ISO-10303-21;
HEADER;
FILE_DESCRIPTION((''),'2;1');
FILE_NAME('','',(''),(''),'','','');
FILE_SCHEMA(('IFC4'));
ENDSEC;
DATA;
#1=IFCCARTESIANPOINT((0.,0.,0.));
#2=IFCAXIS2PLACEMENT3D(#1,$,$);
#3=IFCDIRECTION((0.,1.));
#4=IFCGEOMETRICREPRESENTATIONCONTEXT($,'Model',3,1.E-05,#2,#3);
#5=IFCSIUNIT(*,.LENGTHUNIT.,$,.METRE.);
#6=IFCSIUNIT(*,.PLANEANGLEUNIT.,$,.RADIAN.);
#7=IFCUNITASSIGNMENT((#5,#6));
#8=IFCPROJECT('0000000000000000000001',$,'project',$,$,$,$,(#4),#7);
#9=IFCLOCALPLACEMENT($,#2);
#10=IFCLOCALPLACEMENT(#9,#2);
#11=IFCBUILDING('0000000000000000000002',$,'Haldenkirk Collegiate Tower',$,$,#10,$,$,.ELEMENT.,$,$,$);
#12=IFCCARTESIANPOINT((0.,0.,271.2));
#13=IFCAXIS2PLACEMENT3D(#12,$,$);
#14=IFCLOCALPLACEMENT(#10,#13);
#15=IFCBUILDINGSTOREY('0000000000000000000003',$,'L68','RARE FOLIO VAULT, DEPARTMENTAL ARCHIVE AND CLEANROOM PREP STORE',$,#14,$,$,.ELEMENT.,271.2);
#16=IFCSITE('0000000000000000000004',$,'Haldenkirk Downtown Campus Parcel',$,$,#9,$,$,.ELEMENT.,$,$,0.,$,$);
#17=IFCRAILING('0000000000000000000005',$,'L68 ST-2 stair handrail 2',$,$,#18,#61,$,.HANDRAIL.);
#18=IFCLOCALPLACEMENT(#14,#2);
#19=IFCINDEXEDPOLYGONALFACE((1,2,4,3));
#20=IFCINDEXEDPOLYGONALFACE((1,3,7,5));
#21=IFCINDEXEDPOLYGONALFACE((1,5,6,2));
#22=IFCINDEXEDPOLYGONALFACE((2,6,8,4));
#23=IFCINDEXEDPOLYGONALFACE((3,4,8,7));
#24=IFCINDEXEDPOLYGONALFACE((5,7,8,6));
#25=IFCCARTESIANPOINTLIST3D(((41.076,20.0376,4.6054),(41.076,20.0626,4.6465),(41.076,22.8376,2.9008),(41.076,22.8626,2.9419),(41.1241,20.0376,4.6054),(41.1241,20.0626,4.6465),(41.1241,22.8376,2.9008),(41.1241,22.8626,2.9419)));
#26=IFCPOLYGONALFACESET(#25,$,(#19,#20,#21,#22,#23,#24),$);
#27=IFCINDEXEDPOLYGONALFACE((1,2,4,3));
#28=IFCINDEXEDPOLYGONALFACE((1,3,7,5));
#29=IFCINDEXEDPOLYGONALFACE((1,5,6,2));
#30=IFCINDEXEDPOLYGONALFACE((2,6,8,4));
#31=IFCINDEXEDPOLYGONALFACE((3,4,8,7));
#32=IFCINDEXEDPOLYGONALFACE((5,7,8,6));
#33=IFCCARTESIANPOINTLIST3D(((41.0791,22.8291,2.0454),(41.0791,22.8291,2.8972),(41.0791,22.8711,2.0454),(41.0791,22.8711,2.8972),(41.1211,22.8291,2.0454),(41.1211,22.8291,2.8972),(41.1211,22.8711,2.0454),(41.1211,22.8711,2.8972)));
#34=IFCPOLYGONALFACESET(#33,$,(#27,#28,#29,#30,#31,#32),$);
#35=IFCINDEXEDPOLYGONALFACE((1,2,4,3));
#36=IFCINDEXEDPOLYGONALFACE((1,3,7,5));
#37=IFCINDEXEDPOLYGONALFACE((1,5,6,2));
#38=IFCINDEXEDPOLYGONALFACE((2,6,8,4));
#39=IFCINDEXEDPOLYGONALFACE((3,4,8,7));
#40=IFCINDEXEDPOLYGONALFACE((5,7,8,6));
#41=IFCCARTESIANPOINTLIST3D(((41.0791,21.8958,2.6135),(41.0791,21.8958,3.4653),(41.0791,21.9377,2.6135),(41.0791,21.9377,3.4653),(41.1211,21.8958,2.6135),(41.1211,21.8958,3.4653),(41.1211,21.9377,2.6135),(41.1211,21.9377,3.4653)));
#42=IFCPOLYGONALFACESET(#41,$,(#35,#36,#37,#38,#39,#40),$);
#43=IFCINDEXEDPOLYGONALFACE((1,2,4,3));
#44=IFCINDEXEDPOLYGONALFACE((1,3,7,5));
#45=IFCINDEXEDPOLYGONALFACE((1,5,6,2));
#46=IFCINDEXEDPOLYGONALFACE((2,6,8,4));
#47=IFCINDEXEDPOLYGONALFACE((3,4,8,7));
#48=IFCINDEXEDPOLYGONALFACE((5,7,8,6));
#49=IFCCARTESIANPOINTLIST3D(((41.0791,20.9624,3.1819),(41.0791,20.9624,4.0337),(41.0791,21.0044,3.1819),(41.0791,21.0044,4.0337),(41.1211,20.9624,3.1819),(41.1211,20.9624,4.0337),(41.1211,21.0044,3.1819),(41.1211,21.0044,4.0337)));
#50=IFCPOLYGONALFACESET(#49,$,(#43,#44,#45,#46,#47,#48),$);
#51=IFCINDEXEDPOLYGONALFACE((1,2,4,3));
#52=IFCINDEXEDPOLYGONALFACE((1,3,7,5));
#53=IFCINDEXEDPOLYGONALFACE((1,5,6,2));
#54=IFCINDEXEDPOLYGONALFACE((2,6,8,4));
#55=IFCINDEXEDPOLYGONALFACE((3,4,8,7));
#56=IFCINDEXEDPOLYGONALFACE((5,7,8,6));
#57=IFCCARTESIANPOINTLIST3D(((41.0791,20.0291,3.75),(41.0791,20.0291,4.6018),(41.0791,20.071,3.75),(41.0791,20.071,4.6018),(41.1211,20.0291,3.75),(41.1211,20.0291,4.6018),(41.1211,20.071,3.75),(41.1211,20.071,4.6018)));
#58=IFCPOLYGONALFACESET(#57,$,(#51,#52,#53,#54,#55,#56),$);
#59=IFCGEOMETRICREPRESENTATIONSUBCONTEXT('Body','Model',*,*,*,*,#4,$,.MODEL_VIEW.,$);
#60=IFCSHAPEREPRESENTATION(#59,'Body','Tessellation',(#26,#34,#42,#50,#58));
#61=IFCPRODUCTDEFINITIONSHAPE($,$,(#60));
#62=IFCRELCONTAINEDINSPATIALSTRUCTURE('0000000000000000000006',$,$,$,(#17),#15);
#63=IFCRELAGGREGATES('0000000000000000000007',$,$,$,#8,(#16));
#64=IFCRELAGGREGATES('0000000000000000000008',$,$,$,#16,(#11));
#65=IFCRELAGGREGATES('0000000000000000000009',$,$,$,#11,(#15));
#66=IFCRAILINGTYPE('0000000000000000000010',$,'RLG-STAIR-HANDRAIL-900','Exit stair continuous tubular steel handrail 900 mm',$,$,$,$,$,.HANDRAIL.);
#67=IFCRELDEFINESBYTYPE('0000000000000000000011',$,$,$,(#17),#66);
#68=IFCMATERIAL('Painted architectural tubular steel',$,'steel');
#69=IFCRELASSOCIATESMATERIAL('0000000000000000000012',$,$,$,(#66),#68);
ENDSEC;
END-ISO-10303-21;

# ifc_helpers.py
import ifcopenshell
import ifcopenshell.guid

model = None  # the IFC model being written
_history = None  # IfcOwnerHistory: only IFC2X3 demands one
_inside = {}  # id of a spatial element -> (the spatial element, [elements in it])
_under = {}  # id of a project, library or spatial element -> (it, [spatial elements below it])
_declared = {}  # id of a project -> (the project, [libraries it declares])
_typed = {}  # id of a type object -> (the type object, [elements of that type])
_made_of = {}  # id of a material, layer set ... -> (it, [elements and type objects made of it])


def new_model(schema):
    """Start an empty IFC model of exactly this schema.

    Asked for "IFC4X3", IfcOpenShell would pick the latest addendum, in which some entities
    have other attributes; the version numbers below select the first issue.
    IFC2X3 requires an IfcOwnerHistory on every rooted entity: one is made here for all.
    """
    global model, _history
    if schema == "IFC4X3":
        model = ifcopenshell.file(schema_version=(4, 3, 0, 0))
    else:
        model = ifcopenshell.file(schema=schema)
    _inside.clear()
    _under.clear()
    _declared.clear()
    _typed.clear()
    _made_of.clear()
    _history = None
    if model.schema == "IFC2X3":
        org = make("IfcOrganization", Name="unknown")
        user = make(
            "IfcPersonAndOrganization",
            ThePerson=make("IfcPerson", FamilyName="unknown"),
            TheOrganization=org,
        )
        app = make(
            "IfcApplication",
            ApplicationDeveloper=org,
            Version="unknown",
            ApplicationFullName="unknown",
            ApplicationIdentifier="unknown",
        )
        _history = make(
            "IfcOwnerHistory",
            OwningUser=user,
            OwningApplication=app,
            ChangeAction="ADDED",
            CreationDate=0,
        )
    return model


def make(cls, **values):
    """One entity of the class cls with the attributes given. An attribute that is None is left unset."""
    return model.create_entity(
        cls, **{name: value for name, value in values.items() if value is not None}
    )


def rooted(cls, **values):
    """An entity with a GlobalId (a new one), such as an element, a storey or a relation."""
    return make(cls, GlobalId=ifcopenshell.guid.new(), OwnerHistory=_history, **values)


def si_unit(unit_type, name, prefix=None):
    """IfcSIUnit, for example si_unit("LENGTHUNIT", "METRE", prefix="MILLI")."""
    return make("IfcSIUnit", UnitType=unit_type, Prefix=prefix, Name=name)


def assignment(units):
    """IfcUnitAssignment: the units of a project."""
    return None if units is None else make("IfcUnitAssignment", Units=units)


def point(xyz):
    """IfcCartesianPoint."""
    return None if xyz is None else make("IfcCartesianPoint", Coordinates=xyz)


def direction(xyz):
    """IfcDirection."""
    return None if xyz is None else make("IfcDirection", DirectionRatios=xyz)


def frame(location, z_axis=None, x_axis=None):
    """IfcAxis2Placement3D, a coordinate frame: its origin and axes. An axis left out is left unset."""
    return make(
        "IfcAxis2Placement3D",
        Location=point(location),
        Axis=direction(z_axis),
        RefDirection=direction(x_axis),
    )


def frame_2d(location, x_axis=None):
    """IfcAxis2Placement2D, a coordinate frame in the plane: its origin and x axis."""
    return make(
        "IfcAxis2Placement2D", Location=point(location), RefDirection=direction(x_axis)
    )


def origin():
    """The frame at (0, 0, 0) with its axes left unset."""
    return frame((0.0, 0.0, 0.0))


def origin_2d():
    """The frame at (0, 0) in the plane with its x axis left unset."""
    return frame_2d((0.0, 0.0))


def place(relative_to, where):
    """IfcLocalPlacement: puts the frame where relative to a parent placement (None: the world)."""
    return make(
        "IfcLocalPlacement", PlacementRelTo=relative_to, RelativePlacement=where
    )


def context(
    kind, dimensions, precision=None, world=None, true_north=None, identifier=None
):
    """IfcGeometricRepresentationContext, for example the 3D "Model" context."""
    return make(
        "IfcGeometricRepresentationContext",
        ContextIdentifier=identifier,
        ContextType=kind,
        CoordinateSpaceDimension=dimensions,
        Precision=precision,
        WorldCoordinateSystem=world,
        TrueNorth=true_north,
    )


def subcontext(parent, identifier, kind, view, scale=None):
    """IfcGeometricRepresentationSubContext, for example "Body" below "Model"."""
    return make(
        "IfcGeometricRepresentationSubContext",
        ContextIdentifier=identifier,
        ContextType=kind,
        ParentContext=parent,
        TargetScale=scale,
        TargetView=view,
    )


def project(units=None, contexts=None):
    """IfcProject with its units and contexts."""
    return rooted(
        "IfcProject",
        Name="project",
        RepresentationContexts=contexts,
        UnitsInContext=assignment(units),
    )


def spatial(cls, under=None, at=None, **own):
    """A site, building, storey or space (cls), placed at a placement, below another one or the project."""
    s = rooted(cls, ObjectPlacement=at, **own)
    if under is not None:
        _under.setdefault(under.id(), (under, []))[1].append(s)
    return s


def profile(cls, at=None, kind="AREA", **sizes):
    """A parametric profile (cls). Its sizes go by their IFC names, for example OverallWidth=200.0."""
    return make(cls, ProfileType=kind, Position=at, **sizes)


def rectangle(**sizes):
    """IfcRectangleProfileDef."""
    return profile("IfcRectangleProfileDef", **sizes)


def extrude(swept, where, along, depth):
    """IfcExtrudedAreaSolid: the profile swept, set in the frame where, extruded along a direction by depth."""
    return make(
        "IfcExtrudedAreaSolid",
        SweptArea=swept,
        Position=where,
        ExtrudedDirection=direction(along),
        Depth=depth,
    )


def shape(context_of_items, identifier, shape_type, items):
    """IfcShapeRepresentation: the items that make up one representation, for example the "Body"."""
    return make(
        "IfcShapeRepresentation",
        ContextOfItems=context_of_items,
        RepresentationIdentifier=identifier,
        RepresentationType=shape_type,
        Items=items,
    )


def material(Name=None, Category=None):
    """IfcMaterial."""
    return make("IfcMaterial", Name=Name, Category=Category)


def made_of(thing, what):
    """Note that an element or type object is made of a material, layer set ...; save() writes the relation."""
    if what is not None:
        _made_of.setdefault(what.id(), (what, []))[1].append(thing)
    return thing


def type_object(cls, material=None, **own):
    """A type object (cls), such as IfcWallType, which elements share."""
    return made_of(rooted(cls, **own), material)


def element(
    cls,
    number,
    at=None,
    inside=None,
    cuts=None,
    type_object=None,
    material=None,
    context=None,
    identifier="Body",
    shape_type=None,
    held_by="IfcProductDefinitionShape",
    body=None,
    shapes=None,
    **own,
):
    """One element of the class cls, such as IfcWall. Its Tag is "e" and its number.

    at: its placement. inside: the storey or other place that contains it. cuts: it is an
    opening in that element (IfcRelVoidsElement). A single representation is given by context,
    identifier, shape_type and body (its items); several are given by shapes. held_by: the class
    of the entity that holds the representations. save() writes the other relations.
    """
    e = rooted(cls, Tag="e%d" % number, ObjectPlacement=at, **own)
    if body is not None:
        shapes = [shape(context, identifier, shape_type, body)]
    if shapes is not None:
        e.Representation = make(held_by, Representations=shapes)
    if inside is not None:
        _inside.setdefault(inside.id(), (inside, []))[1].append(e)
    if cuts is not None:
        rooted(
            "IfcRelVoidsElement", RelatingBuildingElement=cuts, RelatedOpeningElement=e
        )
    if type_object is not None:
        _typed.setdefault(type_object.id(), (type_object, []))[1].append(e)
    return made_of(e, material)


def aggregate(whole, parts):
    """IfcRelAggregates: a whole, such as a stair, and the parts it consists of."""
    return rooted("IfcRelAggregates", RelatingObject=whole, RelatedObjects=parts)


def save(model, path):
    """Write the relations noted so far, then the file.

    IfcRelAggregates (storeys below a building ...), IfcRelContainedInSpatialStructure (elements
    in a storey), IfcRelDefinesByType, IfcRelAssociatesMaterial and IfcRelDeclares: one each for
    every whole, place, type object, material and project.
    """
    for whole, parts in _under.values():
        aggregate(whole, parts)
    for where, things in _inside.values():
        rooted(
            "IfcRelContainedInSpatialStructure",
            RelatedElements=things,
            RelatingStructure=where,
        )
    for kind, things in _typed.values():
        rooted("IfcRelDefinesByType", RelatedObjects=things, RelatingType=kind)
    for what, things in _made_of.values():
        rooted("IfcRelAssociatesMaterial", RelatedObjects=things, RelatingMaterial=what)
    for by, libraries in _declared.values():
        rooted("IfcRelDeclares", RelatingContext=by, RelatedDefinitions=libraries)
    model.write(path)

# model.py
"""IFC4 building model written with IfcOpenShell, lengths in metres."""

from ifc_helpers import new_model, si_unit, direction, frame, origin, origin_2d, place, context, subcontext, project, spatial, rectangle, extrude, material, type_object, element, save


model = new_model("IFC4")

# Units and contexts
model_context = context("Model", 3, precision=1e-05, world=origin(), true_north=direction((0.0, 1.0)))
body_context = subcontext(model_context, "Body", "Model", "MODEL_VIEW")
ifc_project = project(units=[si_unit("LENGTHUNIT", "METRE"), si_unit("PLANEANGLEUNIT", "RADIAN")], contexts=[model_context])

# Site, building, storey
site_placement = place(None, origin())
site = spatial("IfcSite", under=ifc_project, at=site_placement, Name="Haldenkirk Downtown Campus Parcel", CompositionType="ELEMENT", RefElevation=0.0)
building_placement = place(site_placement, origin())
building = spatial("IfcBuilding", under=site, at=building_placement, Name="Haldenkirk Collegiate Tower", CompositionType="ELEMENT")
storey_placement = place(building_placement, frame((0.0, 0.0, 271.2)))
storey = spatial("IfcBuildingStorey", under=building, at=storey_placement, Name="L68", Description="RARE FOLIO VAULT, DEPARTMENTAL ARCHIVE AND CLEANROOM PREP STORE", CompositionType="ELEMENT", Elevation=271.2)

# Railing
ifc_material_1 = material(Name="Painted architectural tubular steel", Category="steel")
railing_type_1 = type_object("IfcRailingType", Name="RLG-STAIR-HANDRAIL-900", Description="Exit stair continuous tubular steel handrail 900 mm", PredefinedType="HANDRAIL", material=ifc_material_1)
railing_1_placement = place(storey_placement, frame((41.1001, 22.8501, 2.0454)))
element("IfcRailing", 1, at=railing_1_placement, inside=storey, type_object=railing_type_1, Name="L68 ST-2 stair handrail 2", PredefinedType="HANDRAIL", context=body_context, shape_type="SweptSolid", body=[
    extrude(rectangle(XDim=0.0481, YDim=0.0481, at=origin_2d()), frame((0.0, 0.0, 0.876), z_axis=(0.0, -0.85417, 0.519994), x_axis=(1.0, 0.0, 0.0)), (0.0, 0.0, 1.0), 3.2781),
    extrude(rectangle(XDim=0.042, YDim=0.042, at=origin_2d()), origin(), (0.0, 0.0, 1.0), 0.8518),
    extrude(rectangle(XDim=0.042, YDim=0.042, at=origin_2d()), frame((0.0, -0.9333, 0.5681)), (0.0, 0.0, 1.0), 0.8518),
    extrude(rectangle(XDim=0.042, YDim=0.042, at=origin_2d()), frame((0.0, -1.8667, 1.1365)), (0.0, 0.0, 1.0), 0.8518),
    extrude(rectangle(XDim=0.042, YDim=0.042, at=origin_2d()), frame((0.0, -2.8, 1.7046)), (0.0, 0.0, 1.0), 0.8518),
])

save(model, "model.ifc")
